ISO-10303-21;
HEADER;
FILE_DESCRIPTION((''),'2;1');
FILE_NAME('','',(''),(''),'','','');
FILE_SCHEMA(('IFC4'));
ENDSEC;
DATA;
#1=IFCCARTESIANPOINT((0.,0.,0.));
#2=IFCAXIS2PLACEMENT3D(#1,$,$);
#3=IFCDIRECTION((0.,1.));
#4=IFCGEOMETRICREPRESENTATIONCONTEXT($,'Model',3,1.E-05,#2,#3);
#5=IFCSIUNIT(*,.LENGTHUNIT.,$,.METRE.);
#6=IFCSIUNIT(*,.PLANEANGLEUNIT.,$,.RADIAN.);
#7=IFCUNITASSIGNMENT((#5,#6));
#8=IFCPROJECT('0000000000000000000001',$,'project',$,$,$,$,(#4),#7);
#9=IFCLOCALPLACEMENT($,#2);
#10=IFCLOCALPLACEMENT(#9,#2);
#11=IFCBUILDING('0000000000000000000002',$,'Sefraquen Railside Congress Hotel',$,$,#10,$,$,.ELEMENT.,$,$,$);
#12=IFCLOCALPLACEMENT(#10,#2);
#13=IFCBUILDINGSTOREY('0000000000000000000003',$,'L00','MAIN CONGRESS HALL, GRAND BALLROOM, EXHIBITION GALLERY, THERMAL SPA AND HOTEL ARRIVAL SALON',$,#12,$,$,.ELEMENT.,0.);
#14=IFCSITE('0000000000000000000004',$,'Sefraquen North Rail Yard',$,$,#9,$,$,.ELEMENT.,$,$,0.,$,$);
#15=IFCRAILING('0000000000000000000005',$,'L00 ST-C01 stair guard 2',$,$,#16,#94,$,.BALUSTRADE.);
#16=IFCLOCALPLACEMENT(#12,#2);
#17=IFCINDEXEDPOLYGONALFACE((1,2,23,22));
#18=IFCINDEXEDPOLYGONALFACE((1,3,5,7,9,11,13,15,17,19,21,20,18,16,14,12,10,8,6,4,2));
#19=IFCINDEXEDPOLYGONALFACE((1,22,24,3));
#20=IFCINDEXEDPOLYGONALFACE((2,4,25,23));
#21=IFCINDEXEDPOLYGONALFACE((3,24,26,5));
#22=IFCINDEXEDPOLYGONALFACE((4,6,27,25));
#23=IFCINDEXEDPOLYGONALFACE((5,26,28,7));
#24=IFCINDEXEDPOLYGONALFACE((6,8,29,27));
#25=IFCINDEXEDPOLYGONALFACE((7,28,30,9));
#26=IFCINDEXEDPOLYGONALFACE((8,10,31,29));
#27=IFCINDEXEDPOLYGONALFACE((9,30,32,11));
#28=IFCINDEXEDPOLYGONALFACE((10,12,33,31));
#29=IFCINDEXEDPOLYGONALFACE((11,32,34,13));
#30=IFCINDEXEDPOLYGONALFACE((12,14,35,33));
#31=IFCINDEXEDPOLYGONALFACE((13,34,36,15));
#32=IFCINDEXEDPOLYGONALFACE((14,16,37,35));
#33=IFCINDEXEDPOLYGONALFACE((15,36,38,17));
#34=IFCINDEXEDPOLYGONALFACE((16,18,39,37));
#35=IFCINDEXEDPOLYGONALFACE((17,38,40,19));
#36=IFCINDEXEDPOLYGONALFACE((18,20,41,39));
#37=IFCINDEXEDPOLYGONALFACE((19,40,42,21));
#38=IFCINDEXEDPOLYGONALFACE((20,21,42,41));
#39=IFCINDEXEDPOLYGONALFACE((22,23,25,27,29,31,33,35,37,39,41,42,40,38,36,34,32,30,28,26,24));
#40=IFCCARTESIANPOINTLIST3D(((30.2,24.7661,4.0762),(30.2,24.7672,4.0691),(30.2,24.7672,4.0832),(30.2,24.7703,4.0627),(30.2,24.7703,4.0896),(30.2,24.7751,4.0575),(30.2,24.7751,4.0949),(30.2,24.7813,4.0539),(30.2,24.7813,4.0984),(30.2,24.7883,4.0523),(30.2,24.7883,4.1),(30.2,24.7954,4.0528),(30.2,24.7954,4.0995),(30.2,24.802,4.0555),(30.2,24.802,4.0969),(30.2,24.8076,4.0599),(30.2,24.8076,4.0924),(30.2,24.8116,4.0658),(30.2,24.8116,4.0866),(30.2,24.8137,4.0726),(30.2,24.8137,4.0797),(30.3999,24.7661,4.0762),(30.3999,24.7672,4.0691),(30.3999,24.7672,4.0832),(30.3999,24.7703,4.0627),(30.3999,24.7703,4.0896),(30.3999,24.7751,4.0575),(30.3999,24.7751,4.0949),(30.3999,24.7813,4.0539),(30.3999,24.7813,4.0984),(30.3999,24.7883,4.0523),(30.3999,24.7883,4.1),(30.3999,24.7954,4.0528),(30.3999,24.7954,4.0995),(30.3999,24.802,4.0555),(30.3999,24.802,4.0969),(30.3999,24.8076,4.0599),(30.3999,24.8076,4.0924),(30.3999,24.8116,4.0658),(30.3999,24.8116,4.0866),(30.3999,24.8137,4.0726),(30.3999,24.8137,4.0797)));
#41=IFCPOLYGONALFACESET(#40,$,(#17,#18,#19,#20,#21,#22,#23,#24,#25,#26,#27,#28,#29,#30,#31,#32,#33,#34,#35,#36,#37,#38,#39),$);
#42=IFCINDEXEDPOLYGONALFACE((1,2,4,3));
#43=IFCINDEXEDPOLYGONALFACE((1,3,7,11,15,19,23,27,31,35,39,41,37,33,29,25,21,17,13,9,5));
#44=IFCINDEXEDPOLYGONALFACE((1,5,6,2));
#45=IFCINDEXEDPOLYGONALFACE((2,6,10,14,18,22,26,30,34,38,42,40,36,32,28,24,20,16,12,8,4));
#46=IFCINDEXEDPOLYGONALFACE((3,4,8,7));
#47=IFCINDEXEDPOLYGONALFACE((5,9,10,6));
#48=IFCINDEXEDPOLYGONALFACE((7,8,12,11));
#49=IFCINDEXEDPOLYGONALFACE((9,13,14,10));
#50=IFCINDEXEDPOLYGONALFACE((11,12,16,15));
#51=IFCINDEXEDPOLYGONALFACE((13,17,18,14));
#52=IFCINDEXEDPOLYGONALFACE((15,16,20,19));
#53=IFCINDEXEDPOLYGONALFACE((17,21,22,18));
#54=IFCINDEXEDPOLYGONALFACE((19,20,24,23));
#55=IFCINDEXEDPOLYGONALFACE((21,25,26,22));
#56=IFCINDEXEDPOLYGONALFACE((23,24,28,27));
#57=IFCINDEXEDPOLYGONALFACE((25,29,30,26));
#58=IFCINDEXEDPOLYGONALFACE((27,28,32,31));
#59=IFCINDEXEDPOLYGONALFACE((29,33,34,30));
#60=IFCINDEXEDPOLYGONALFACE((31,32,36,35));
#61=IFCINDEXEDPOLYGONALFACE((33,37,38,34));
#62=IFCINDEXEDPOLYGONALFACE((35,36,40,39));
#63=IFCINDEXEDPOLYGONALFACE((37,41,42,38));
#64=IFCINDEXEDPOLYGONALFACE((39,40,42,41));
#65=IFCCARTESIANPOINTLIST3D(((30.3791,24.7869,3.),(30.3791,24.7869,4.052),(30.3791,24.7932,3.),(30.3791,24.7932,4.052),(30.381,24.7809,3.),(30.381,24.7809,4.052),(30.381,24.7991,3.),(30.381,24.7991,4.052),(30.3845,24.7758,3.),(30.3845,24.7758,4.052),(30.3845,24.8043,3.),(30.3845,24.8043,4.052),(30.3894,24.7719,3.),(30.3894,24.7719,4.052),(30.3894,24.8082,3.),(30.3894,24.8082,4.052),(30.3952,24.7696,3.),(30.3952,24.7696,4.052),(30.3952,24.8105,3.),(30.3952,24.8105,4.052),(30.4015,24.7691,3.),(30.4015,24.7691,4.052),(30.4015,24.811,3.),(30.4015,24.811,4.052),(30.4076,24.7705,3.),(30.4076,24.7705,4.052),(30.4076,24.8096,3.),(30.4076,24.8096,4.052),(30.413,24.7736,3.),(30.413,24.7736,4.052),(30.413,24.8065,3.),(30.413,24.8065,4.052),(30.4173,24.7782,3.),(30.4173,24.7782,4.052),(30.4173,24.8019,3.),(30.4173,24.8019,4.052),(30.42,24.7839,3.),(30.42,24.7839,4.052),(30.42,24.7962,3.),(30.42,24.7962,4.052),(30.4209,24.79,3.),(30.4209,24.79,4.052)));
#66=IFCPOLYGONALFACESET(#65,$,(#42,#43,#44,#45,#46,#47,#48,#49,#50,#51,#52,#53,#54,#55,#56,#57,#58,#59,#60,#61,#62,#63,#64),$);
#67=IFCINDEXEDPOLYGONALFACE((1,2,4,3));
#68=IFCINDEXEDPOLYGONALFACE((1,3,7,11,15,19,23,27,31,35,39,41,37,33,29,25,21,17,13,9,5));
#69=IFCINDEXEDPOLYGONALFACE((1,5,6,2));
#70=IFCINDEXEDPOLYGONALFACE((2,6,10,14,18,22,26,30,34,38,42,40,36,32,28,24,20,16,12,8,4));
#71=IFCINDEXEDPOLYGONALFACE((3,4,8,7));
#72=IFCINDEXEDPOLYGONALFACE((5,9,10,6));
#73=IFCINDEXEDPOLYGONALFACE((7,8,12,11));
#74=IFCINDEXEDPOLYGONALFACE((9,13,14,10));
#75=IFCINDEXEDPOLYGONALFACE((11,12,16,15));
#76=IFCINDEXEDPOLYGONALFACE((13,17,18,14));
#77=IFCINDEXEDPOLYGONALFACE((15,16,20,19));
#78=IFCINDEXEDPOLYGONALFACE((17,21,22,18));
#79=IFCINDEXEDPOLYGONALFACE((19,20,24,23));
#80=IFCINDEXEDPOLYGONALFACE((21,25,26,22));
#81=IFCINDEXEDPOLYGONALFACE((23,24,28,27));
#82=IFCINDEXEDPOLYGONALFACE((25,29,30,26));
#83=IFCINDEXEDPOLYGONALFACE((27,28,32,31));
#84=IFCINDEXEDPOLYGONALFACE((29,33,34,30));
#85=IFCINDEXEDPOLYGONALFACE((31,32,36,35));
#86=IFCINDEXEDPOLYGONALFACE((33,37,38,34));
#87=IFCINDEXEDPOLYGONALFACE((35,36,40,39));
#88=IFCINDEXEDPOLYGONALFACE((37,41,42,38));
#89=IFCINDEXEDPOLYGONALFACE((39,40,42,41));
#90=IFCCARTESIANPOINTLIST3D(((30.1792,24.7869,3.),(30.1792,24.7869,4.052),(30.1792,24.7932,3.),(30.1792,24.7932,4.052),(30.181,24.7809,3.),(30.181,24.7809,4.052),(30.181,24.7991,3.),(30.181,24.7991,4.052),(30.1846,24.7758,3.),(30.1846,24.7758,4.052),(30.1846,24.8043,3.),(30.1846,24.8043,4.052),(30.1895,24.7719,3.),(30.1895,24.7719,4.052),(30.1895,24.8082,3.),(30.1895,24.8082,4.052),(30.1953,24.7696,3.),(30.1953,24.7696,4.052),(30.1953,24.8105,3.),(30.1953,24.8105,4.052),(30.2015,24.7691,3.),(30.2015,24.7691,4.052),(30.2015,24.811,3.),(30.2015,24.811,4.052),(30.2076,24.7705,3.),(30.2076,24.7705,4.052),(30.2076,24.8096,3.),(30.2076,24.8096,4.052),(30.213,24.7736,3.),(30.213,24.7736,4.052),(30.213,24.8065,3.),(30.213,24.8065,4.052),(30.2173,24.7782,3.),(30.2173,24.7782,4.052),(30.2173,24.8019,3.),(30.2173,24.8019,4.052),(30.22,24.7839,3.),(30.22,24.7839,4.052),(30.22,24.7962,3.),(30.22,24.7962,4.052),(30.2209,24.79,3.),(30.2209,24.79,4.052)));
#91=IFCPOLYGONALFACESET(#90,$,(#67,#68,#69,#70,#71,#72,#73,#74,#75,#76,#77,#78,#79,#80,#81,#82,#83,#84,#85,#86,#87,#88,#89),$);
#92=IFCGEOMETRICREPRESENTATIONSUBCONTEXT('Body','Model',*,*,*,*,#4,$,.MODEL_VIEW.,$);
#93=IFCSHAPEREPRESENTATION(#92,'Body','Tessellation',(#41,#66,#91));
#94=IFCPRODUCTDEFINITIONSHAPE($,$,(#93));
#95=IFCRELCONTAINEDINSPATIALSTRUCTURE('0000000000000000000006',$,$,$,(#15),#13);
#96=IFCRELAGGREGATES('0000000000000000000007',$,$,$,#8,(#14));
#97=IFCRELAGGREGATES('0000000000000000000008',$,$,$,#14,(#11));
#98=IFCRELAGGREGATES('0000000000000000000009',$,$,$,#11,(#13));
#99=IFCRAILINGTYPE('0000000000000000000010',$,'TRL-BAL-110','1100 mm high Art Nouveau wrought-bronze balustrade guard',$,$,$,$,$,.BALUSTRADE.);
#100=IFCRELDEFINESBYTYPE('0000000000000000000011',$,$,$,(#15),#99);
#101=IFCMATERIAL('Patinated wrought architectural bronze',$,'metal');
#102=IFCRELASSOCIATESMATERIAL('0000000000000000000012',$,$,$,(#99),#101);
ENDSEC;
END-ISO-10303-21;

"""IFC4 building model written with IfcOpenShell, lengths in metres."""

from ifc_helpers import new_model, si_unit, direction, frame, origin, origin_2d, place, context, subcontext, project, spatial, circle, extrude, material, type_object, element, save


model = new_model("IFC4")

# Units and contexts
model_context = context("Model", 3, precision=1e-05, world=origin(), true_north=direction((0.0, 1.0)))
body_context = subcontext(model_context, "Body", "Model", "MODEL_VIEW")
ifc_project = project(units=[si_unit("LENGTHUNIT", "METRE"), si_unit("PLANEANGLEUNIT", "RADIAN")], contexts=[model_context])

# Site, building, storey
site_placement = place(None, origin())
site = spatial("IfcSite", under=ifc_project, at=site_placement, Name="Sefraquen North Rail Yard", CompositionType="ELEMENT", RefElevation=0.0)
building_placement = place(site_placement, origin())
building = spatial("IfcBuilding", under=site, at=building_placement, Name="Sefraquen Railside Congress Hotel", CompositionType="ELEMENT")
storey_placement = place(building_placement, origin())
storey = spatial("IfcBuildingStorey", under=building, at=storey_placement, Name="L00", Description="MAIN CONGRESS HALL, GRAND BALLROOM, EXHIBITION GALLERY, THERMAL SPA AND HOTEL ARRIVAL SALON", CompositionType="ELEMENT", Elevation=0.0)

# Railing
ifc_material_1 = material(Name="Patinated wrought architectural bronze", Category="metal")
railing_type_1 = type_object("IfcRailingType", Name="TRL-BAL-110", Description="1100 mm high Art Nouveau wrought-bronze balustrade guard", PredefinedType="BALUSTRADE", material=ifc_material_1)
railing_1_placement = place(storey_placement, frame((30.3999, 24.79, 3.0)))
element("IfcRailing", 1, at=railing_1_placement, inside=storey, type_object=railing_type_1, Name="L00 ST-C01 stair guard 2", PredefinedType="BALUSTRADE", context=body_context, shape_type="SweptSolid", body=[
    extrude(circle(Radius=0.0239, at=origin_2d()), frame((0.0, 0.0, 1.0762), z_axis=(-1.0, 0.0, 0.0), x_axis=(0.0, -1.0, 0.0)), (0.0, 0.0, 1.0), 0.2),
    extrude(circle(Radius=0.021, at=origin_2d()), origin(), (0.0, 0.0, 1.0), 1.052),
    extrude(circle(Radius=0.021, at=origin_2d()), frame((-0.2, 0.0, 0.0)), (0.0, 0.0, 1.0), 1.052),
])

save(model, "model.ifc")
